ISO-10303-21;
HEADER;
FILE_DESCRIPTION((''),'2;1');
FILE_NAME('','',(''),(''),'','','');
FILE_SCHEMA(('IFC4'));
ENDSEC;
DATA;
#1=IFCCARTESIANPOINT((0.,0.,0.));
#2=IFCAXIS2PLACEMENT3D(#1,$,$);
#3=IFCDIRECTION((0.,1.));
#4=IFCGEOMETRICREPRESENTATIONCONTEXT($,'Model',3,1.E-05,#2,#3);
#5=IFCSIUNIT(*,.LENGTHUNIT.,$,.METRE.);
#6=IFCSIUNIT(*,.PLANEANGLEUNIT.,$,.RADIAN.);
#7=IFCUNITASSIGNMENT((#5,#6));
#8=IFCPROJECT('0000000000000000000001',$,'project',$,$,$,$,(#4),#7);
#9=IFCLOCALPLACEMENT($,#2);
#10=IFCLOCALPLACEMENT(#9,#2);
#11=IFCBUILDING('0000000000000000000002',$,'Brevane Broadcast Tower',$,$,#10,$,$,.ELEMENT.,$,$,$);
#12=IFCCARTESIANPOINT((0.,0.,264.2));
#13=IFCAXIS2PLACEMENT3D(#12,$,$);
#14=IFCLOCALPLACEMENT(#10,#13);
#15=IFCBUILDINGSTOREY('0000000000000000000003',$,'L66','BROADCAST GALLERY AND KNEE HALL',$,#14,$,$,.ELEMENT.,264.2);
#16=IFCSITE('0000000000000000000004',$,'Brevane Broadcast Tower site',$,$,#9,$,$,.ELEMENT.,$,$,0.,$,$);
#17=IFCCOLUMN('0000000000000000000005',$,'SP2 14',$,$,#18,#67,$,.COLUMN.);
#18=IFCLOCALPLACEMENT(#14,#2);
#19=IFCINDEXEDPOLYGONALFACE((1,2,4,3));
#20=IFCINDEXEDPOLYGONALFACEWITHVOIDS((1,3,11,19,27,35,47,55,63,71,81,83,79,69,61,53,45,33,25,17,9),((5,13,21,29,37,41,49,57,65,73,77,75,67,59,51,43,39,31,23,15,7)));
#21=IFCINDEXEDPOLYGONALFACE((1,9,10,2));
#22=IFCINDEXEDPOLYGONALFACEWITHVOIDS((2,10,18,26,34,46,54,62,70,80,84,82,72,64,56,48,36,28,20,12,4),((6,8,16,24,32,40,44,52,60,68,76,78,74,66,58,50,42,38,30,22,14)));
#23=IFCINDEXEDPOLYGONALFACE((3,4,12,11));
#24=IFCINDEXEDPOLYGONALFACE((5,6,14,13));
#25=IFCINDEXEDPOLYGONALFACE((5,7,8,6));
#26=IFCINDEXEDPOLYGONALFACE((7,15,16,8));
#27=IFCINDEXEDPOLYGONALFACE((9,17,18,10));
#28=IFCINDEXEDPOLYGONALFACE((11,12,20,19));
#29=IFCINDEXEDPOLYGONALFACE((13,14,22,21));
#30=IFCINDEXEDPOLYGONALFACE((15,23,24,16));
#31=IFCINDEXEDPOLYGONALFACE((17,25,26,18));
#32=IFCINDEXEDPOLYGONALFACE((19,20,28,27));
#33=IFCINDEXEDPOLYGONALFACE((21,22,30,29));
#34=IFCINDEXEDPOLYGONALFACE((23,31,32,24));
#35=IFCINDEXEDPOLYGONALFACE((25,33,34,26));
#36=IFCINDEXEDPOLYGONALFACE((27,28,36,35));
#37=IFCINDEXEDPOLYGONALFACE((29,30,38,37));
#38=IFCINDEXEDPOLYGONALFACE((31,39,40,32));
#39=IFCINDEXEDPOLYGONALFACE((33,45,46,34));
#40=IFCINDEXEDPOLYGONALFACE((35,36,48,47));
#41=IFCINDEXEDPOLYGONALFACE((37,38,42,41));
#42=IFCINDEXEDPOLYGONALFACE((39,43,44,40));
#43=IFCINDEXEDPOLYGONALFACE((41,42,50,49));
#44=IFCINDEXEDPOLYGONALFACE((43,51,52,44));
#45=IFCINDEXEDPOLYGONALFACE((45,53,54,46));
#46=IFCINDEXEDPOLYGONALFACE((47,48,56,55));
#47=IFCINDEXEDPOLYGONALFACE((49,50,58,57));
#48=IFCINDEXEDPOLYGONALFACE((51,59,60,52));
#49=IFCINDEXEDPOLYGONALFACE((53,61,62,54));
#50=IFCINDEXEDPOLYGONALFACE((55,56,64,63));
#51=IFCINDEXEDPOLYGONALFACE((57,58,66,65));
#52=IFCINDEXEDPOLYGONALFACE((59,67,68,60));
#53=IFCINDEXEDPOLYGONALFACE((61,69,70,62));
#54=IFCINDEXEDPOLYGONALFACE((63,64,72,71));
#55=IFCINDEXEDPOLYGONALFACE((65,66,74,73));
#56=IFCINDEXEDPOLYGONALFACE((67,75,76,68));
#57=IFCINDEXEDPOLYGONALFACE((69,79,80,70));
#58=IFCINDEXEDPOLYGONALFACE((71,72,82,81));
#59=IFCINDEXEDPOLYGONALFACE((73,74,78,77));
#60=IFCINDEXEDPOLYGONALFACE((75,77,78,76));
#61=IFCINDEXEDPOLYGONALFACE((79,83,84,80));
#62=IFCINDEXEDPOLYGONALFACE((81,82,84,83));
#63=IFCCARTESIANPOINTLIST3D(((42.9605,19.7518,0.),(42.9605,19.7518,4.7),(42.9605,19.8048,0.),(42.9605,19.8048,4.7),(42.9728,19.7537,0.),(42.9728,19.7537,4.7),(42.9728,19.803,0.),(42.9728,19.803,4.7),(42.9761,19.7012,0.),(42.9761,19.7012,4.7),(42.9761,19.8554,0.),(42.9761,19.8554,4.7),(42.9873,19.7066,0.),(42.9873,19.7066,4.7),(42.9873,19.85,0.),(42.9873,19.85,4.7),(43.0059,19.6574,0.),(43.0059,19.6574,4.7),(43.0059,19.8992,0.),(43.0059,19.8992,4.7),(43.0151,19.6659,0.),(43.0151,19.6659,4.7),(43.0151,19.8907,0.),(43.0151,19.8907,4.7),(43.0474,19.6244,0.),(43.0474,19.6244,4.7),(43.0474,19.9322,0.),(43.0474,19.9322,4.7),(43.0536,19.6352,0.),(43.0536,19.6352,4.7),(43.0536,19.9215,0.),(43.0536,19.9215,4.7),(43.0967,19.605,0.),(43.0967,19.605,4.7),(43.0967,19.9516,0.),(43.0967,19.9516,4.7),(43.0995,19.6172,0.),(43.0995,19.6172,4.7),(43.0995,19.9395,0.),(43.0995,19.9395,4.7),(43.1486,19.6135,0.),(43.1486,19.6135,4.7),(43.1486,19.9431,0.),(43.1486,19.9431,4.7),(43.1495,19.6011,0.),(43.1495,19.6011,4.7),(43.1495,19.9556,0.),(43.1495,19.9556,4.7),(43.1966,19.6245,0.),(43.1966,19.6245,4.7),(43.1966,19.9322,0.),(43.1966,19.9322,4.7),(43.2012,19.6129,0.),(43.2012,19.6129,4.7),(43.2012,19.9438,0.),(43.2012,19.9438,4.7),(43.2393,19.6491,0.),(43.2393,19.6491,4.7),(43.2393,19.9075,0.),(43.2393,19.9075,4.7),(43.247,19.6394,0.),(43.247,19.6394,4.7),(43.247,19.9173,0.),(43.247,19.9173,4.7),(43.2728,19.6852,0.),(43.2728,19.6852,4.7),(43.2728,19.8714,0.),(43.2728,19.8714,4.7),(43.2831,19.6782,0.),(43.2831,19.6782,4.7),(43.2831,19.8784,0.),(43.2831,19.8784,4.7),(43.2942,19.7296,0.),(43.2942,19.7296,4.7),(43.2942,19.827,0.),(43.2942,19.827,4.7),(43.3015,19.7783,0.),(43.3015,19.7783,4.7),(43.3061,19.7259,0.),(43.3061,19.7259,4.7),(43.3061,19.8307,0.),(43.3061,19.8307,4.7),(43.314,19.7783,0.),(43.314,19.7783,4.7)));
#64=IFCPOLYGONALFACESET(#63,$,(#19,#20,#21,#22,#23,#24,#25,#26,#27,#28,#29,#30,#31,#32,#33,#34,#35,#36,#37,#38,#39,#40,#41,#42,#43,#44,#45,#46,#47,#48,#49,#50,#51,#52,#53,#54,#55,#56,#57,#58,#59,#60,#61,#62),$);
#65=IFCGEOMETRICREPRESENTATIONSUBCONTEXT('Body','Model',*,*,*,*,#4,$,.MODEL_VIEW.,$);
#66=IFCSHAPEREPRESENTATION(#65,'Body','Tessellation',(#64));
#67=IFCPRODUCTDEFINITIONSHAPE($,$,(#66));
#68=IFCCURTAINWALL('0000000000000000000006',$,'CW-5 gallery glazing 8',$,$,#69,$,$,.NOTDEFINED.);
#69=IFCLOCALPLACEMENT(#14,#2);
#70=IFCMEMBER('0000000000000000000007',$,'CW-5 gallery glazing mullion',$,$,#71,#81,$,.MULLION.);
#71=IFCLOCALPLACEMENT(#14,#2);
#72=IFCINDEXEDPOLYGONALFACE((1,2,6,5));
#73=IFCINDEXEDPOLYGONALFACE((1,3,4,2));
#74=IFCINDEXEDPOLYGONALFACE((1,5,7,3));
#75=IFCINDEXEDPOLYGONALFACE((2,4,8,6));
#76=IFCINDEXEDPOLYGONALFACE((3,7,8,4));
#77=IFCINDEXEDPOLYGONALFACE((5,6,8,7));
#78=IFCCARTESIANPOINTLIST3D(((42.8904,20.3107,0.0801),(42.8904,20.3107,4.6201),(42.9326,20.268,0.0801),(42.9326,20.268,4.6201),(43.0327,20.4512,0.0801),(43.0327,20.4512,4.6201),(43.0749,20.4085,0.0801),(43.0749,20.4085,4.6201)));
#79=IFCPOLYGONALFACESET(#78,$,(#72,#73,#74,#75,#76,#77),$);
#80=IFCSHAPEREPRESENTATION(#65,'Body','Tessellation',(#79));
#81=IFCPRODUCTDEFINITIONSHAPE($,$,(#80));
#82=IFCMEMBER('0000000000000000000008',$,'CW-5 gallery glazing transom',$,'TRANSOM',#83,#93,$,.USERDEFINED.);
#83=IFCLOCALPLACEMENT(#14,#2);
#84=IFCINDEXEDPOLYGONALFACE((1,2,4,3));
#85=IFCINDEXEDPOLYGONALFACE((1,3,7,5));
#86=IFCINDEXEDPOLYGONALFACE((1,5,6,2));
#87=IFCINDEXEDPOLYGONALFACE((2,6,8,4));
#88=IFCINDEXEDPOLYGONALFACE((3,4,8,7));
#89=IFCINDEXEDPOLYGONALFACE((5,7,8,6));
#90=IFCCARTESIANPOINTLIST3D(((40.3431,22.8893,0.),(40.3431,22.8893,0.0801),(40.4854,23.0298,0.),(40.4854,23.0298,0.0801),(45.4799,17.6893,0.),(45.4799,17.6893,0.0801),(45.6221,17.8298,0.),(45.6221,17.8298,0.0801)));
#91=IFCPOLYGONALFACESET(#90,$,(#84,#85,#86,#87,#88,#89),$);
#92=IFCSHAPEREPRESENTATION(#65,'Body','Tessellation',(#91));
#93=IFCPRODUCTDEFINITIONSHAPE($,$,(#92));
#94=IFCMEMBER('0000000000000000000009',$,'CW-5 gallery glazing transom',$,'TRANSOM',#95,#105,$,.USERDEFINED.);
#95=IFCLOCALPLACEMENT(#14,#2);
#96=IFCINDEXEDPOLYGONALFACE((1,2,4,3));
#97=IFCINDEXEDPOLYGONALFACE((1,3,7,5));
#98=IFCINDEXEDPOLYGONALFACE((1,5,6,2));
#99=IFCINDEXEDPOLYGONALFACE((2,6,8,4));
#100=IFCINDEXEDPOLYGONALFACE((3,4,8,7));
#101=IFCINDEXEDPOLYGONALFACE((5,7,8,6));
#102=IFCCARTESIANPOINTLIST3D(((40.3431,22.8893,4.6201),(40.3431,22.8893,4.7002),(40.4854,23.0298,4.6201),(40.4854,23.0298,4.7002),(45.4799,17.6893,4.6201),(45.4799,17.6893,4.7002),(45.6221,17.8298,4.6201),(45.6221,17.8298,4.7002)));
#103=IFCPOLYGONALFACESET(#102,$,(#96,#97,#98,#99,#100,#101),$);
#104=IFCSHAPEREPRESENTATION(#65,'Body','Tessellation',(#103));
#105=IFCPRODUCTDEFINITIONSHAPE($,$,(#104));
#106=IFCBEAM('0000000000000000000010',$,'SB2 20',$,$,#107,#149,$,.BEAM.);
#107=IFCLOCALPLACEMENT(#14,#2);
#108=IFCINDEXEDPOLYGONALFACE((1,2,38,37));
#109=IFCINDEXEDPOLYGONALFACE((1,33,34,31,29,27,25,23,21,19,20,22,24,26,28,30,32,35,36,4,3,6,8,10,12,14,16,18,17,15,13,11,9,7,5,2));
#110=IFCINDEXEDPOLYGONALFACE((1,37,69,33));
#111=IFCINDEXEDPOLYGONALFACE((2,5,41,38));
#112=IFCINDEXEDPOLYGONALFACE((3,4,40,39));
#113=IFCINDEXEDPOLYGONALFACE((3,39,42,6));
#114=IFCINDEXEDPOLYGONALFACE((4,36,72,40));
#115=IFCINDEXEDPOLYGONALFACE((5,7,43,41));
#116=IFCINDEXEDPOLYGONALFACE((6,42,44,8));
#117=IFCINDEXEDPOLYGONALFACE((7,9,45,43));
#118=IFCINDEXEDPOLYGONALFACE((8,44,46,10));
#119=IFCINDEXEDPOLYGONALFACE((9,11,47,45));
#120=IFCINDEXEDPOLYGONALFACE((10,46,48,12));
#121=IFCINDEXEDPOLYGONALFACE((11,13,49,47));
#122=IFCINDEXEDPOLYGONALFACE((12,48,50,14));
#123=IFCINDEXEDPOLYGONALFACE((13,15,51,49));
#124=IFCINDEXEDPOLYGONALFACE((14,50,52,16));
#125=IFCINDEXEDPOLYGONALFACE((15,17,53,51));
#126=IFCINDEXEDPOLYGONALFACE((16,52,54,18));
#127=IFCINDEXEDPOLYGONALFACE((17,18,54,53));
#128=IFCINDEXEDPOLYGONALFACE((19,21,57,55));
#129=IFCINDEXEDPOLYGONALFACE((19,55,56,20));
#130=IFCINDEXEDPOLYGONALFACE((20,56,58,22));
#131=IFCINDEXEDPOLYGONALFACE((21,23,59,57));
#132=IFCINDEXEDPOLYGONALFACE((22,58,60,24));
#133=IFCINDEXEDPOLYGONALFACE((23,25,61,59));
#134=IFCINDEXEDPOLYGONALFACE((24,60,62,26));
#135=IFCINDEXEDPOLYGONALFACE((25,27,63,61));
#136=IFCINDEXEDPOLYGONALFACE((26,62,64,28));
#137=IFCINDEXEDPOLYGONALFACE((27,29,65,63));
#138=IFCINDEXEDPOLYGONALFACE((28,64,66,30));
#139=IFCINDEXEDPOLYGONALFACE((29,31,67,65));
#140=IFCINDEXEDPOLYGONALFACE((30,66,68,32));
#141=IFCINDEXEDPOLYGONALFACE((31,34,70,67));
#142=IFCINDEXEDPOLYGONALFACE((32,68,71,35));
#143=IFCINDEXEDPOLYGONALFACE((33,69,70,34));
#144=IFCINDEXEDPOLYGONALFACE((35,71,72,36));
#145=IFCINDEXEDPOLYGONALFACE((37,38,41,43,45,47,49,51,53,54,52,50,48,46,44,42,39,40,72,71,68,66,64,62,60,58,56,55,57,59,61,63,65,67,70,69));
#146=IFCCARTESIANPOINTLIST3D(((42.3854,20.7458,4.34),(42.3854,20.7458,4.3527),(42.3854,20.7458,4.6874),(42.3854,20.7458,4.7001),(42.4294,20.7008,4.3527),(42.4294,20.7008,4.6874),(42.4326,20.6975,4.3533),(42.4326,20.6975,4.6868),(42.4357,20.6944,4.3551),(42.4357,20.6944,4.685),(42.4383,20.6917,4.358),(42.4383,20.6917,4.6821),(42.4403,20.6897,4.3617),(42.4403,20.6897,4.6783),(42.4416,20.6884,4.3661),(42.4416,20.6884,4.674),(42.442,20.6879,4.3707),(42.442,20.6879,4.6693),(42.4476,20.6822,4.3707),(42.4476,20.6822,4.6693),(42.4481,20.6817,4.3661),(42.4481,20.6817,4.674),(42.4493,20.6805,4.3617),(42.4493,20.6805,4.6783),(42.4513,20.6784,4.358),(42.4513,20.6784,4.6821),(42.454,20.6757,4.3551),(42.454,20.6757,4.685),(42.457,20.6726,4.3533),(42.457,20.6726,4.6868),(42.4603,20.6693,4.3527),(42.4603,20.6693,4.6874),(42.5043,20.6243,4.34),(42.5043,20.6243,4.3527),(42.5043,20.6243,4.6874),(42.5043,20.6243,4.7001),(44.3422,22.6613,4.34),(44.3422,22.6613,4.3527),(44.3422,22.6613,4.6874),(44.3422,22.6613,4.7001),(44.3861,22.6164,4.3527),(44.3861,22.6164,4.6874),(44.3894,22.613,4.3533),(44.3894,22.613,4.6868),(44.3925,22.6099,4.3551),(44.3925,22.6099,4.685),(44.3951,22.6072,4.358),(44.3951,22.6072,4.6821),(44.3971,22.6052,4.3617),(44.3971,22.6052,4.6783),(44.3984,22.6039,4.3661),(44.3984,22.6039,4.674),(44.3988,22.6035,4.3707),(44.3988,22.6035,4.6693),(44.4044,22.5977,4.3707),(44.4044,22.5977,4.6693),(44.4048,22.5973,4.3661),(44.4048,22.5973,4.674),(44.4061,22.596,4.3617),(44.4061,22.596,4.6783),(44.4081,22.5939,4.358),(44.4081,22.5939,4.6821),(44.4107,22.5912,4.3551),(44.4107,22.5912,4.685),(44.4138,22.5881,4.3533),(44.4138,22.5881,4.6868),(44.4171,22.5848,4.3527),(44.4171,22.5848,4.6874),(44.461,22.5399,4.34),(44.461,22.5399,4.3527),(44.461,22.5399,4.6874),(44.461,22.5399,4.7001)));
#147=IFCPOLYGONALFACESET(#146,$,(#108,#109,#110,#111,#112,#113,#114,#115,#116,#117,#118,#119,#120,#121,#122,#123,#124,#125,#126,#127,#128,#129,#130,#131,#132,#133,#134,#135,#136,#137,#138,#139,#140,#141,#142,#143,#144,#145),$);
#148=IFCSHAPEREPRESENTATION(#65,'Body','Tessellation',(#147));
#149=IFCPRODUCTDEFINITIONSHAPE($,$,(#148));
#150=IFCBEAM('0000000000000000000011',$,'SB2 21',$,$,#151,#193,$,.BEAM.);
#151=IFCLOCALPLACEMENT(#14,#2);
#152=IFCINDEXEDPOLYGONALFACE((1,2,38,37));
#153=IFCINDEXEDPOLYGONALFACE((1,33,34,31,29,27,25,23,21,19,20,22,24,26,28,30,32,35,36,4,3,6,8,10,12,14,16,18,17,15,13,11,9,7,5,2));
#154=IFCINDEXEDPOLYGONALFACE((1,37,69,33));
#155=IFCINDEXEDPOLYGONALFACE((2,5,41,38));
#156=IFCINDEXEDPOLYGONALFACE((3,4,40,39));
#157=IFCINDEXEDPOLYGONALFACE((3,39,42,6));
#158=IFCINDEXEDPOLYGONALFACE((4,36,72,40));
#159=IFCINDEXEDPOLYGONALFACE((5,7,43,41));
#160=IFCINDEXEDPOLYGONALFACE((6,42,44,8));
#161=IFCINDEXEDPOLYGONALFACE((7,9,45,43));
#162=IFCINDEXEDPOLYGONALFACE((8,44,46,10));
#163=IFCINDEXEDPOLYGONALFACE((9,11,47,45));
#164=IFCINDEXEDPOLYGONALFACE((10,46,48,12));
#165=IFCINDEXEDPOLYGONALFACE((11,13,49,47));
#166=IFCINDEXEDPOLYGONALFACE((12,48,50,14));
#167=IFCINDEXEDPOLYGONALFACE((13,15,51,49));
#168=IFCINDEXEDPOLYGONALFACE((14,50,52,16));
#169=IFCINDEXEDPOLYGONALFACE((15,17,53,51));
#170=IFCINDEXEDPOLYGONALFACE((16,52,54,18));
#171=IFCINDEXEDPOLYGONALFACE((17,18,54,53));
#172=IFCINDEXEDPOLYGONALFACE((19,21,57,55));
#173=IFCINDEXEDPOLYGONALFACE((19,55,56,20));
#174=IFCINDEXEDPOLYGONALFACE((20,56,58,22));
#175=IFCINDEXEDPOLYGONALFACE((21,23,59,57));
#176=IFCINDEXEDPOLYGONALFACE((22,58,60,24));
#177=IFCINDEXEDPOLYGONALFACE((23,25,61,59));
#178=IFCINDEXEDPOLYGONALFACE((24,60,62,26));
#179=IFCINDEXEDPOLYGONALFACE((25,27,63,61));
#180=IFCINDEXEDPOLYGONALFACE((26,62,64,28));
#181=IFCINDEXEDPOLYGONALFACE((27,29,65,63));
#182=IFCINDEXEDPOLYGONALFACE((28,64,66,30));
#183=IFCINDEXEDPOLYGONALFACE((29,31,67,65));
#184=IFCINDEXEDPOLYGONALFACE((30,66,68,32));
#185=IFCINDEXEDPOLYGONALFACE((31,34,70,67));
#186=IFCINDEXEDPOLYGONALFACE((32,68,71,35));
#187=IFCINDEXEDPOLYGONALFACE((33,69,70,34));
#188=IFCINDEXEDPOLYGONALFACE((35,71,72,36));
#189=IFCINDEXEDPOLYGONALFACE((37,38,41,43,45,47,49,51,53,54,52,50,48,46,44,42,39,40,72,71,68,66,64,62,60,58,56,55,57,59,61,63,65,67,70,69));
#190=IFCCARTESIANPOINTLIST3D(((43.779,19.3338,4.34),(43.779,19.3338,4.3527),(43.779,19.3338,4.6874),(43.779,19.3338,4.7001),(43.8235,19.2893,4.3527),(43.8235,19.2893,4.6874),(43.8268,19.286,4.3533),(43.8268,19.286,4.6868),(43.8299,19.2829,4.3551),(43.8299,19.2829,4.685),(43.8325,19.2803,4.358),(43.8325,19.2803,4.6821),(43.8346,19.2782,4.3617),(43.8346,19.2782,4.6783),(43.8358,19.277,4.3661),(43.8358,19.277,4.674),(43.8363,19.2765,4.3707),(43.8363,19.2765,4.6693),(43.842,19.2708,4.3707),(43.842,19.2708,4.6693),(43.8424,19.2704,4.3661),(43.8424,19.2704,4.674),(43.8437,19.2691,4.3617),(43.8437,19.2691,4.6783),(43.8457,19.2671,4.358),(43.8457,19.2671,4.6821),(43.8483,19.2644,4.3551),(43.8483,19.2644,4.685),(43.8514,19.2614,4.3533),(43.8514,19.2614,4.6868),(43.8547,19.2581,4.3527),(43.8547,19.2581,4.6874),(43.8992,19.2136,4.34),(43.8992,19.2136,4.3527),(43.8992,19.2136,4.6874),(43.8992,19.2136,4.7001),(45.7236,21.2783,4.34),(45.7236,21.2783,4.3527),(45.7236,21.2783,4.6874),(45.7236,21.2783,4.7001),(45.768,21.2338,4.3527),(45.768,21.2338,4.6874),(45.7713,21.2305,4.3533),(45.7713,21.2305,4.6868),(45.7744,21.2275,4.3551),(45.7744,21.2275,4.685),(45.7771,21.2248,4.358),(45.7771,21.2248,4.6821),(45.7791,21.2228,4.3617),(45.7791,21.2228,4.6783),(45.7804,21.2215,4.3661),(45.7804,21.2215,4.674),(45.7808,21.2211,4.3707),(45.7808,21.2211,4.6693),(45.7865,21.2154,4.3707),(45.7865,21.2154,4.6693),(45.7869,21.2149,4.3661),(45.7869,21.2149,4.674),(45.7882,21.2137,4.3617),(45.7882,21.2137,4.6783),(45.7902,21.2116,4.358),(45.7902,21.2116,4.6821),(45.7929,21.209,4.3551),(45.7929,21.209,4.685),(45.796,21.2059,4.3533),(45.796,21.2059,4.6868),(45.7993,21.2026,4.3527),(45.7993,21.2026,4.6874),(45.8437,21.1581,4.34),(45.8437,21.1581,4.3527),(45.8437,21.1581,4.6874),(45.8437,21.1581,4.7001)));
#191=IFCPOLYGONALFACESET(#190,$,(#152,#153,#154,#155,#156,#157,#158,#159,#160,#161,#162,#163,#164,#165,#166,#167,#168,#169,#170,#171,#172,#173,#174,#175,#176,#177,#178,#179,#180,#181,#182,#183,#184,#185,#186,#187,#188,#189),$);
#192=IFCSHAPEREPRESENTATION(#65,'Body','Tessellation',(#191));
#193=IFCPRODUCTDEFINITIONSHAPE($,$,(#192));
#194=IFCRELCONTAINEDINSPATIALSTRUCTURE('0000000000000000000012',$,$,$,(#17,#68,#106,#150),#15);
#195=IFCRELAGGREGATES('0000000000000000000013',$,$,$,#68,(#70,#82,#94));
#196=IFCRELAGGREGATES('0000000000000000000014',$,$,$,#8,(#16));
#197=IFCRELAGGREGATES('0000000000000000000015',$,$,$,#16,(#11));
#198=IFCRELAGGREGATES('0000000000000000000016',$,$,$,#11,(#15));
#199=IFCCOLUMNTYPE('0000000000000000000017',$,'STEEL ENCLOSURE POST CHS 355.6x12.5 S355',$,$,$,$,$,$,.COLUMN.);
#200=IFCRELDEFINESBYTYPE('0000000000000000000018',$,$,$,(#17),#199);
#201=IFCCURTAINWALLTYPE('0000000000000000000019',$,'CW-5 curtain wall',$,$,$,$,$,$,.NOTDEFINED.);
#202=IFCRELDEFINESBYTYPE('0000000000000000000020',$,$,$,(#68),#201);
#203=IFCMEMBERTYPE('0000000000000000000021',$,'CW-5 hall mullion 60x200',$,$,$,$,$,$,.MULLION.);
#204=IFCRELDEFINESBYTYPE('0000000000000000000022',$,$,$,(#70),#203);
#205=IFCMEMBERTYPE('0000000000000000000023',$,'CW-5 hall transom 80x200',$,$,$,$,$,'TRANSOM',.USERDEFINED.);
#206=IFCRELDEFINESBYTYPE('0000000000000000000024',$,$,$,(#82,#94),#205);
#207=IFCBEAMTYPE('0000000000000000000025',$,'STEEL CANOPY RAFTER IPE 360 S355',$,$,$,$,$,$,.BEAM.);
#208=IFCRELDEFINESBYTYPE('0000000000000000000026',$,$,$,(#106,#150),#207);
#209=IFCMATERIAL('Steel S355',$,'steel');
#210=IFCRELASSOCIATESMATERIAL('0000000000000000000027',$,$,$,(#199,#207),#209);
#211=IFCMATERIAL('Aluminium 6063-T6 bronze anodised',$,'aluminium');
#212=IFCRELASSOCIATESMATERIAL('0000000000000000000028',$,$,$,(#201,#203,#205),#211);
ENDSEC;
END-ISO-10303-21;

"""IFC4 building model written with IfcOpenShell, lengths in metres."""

from ifc_helpers import new_model, si_unit, direction, frame, origin, origin_2d, place, context, subcontext, project, spatial, rectangle, hollow_circle, i_section, extrude, material, material_profile, profile_set, type_object, element, aggregate, save


model = new_model("IFC4")

# Units and contexts
model_context = context("Model", 3, precision=1e-05, world=origin(), true_north=direction((0.0, 1.0)))
body_context = subcontext(model_context, "Body", "Model", "MODEL_VIEW")
ifc_project = project(units=[si_unit("LENGTHUNIT", "METRE"), si_unit("PLANEANGLEUNIT", "RADIAN")], contexts=[model_context])

# Site, building, storey
site_placement = place(None, origin())
site = spatial("IfcSite", under=ifc_project, at=site_placement, Name="Brevane Broadcast Tower site", CompositionType="ELEMENT", RefElevation=0.0)
building_placement = place(site_placement, origin())
building = spatial("IfcBuilding", under=site, at=building_placement, Name="Brevane Broadcast Tower", CompositionType="ELEMENT")
storey_placement = place(building_placement, frame((0.0, 0.0, 264.2)))
storey = spatial("IfcBuildingStorey", under=building, at=storey_placement, Name="L66", Description="BROADCAST GALLERY AND KNEE HALL", CompositionType="ELEMENT", Elevation=264.2)

# Column
ifc_material_1 = material(Name="Steel S355", Category="steel")
ifc_material_profile_1 = material_profile(ifc_material_1, hollow_circle(Radius=0.1777, WallThickness=0.0125, at=origin_2d()), Name="CHS 355.6x12.5")
ifc_profile_set_1 = profile_set([ifc_material_profile_1], Name="Steel S355")
column_type = type_object("IfcColumnType", Name="STEEL ENCLOSURE POST CHS 355.6x12.5 S355", PredefinedType="COLUMN", material=ifc_profile_set_1)
column_placement = place(storey_placement, frame((43.1362, 19.7783, 0.0), z_axis=(0.0, 0.0, 1.0), x_axis=(1.0, 0.0, 0.0)))
element("IfcColumn", 1, at=column_placement, inside=storey, type_object=column_type, Name="SP2 14", PredefinedType="COLUMN", context=body_context, shape_type="SweptSolid", body=[
    extrude(hollow_circle(Radius=0.1777, WallThickness=0.0125, at=origin_2d()), origin(), (0.0, 0.0, 1.0), 4.7),
])

# Curtain wall, members
ifc_material_2 = material(Name="Aluminium 6063-T6 bronze anodised", Category="aluminium")
curtain_wall_type = type_object("IfcCurtainWallType", Name="CW-5 curtain wall", PredefinedType="NOTDEFINED", material=ifc_material_2)
curtain_wall_placement = place(storey_placement, origin())
curtain_wall = element("IfcCurtainWall", 2, at=curtain_wall_placement, inside=storey, type_object=curtain_wall_type, Name="CW-5 gallery glazing 8", PredefinedType="NOTDEFINED")
ifc_material_profile_2 = material_profile(ifc_material_2, rectangle(XDim=0.2, YDim=0.0601, at=origin_2d()), Name="RECT 60x200")
ifc_profile_set_2 = profile_set([ifc_material_profile_2], Name="Aluminium 6063-T6 bronze anodised")
member_type_1 = type_object("IfcMemberType", Name="CW-5 hall mullion 60x200", PredefinedType="MULLION", material=ifc_profile_set_2)
member_1_placement = place(storey_placement, frame((42.9827, 20.3596, 0.0801), z_axis=(0.0, 0.0, 1.0), x_axis=(-0.711418, -0.702769, 0.0)))
member_1 = element("IfcMember", 3, at=member_1_placement, type_object=member_type_1, Name="CW-5 gallery glazing mullion", PredefinedType="MULLION", context=body_context, shape_type="SweptSolid", body=[
    extrude(rectangle(XDim=0.2, YDim=0.0601, at=origin_2d()), origin(), (0.0, 0.0, 1.0), 4.54),
])
ifc_material_profile_3 = material_profile(ifc_material_2, rectangle(XDim=0.2, YDim=0.0801, at=origin_2d()), Name="RECT 80x200")
ifc_profile_set_3 = profile_set([ifc_material_profile_3], Name="Aluminium 6063-T6 bronze anodised")
member_type_2 = type_object("IfcMemberType", Name="CW-5 hall transom 80x200", ElementType="TRANSOM", PredefinedType="USERDEFINED", material=ifc_profile_set_3)
member_2_placement = place(storey_placement, frame((45.551, 17.7595, 0.04), z_axis=(-0.702768, 0.711419, 0.0), x_axis=(-0.711419, -0.702768, 0.0)))
member_2 = element("IfcMember", 4, at=member_2_placement, type_object=member_type_2, Name="CW-5 gallery glazing transom", ObjectType="TRANSOM", PredefinedType="USERDEFINED", context=body_context, shape_type="SweptSolid", body=[
    extrude(rectangle(XDim=0.2, YDim=0.0801, at=origin_2d()), origin(), (0.0, 0.0, 1.0), 7.3093),
])
member_3_placement = place(storey_placement, frame((45.551, 17.7595, 4.6602), z_axis=(-0.702768, 0.711419, 0.0), x_axis=(-0.711419, -0.702768, 0.0)))
member_3 = element("IfcMember", 5, at=member_3_placement, type_object=member_type_2, Name="CW-5 gallery glazing transom", ObjectType="TRANSOM", PredefinedType="USERDEFINED", context=body_context, shape_type="SweptSolid", body=[
    extrude(rectangle(XDim=0.2, YDim=0.0801, at=origin_2d()), origin(), (0.0, 0.0, 1.0), 7.3093),
])

# Beams
ifc_material_profile_4 = material_profile(ifc_material_1, i_section(OverallWidth=0.1699, OverallDepth=0.3601, WebThickness=0.0081, FlangeThickness=0.0127, FilletRadius=0.0181, at=origin_2d()), Name="IPE 360")
ifc_profile_set_4 = profile_set([ifc_material_profile_4], Name="Steel S355")
beam_type_1 = type_object("IfcBeamType", Name="STEEL CANOPY RAFTER IPE 360 S355", PredefinedType="BEAM", material=ifc_profile_set_4)
beam_1_placement = place(storey_placement, frame((42.4448, 20.6851, 4.52), z_axis=(0.7146, 0.699533, 0.0), x_axis=(-0.699533, 0.7146, 0.0)))
element("IfcBeam", 6, at=beam_1_placement, inside=storey, type_object=beam_type_1, Name="SB2 20", PredefinedType="BEAM", context=body_context, shape_type="SweptSolid", body=[
    extrude(i_section(OverallWidth=0.1699, OverallDepth=0.3601, WebThickness=0.0081, FlangeThickness=0.0127, FilletRadius=0.0181, at=origin_2d()), origin(), (0.0, 0.0, 1.0), 2.7383),
])
for number, where, z_axis, x_axis, name in (
    (7, (43.8391, 19.2737, 4.52), (0.707107, 0.707107, 0.0), (-0.707107, 0.707107, 0.0), "SB2 21"),
):
    element("IfcBeam", number, at=place(storey_placement, frame(where, z_axis=z_axis, x_axis=x_axis)), inside=storey, type_object=beam_type_1, Name=name, PredefinedType="BEAM", context=body_context, shape_type="SweptSolid", body=[
        extrude(i_section(OverallWidth=0.1699, OverallDepth=0.3601, WebThickness=0.0081, FlangeThickness=0.0127, FilletRadius=0.0181, at=origin_2d()), origin(), (0.0, 0.0, 1.0), 2.75),
    ])

aggregate(curtain_wall, [member_1, member_2, member_3])

save(model, "model.ifc")
